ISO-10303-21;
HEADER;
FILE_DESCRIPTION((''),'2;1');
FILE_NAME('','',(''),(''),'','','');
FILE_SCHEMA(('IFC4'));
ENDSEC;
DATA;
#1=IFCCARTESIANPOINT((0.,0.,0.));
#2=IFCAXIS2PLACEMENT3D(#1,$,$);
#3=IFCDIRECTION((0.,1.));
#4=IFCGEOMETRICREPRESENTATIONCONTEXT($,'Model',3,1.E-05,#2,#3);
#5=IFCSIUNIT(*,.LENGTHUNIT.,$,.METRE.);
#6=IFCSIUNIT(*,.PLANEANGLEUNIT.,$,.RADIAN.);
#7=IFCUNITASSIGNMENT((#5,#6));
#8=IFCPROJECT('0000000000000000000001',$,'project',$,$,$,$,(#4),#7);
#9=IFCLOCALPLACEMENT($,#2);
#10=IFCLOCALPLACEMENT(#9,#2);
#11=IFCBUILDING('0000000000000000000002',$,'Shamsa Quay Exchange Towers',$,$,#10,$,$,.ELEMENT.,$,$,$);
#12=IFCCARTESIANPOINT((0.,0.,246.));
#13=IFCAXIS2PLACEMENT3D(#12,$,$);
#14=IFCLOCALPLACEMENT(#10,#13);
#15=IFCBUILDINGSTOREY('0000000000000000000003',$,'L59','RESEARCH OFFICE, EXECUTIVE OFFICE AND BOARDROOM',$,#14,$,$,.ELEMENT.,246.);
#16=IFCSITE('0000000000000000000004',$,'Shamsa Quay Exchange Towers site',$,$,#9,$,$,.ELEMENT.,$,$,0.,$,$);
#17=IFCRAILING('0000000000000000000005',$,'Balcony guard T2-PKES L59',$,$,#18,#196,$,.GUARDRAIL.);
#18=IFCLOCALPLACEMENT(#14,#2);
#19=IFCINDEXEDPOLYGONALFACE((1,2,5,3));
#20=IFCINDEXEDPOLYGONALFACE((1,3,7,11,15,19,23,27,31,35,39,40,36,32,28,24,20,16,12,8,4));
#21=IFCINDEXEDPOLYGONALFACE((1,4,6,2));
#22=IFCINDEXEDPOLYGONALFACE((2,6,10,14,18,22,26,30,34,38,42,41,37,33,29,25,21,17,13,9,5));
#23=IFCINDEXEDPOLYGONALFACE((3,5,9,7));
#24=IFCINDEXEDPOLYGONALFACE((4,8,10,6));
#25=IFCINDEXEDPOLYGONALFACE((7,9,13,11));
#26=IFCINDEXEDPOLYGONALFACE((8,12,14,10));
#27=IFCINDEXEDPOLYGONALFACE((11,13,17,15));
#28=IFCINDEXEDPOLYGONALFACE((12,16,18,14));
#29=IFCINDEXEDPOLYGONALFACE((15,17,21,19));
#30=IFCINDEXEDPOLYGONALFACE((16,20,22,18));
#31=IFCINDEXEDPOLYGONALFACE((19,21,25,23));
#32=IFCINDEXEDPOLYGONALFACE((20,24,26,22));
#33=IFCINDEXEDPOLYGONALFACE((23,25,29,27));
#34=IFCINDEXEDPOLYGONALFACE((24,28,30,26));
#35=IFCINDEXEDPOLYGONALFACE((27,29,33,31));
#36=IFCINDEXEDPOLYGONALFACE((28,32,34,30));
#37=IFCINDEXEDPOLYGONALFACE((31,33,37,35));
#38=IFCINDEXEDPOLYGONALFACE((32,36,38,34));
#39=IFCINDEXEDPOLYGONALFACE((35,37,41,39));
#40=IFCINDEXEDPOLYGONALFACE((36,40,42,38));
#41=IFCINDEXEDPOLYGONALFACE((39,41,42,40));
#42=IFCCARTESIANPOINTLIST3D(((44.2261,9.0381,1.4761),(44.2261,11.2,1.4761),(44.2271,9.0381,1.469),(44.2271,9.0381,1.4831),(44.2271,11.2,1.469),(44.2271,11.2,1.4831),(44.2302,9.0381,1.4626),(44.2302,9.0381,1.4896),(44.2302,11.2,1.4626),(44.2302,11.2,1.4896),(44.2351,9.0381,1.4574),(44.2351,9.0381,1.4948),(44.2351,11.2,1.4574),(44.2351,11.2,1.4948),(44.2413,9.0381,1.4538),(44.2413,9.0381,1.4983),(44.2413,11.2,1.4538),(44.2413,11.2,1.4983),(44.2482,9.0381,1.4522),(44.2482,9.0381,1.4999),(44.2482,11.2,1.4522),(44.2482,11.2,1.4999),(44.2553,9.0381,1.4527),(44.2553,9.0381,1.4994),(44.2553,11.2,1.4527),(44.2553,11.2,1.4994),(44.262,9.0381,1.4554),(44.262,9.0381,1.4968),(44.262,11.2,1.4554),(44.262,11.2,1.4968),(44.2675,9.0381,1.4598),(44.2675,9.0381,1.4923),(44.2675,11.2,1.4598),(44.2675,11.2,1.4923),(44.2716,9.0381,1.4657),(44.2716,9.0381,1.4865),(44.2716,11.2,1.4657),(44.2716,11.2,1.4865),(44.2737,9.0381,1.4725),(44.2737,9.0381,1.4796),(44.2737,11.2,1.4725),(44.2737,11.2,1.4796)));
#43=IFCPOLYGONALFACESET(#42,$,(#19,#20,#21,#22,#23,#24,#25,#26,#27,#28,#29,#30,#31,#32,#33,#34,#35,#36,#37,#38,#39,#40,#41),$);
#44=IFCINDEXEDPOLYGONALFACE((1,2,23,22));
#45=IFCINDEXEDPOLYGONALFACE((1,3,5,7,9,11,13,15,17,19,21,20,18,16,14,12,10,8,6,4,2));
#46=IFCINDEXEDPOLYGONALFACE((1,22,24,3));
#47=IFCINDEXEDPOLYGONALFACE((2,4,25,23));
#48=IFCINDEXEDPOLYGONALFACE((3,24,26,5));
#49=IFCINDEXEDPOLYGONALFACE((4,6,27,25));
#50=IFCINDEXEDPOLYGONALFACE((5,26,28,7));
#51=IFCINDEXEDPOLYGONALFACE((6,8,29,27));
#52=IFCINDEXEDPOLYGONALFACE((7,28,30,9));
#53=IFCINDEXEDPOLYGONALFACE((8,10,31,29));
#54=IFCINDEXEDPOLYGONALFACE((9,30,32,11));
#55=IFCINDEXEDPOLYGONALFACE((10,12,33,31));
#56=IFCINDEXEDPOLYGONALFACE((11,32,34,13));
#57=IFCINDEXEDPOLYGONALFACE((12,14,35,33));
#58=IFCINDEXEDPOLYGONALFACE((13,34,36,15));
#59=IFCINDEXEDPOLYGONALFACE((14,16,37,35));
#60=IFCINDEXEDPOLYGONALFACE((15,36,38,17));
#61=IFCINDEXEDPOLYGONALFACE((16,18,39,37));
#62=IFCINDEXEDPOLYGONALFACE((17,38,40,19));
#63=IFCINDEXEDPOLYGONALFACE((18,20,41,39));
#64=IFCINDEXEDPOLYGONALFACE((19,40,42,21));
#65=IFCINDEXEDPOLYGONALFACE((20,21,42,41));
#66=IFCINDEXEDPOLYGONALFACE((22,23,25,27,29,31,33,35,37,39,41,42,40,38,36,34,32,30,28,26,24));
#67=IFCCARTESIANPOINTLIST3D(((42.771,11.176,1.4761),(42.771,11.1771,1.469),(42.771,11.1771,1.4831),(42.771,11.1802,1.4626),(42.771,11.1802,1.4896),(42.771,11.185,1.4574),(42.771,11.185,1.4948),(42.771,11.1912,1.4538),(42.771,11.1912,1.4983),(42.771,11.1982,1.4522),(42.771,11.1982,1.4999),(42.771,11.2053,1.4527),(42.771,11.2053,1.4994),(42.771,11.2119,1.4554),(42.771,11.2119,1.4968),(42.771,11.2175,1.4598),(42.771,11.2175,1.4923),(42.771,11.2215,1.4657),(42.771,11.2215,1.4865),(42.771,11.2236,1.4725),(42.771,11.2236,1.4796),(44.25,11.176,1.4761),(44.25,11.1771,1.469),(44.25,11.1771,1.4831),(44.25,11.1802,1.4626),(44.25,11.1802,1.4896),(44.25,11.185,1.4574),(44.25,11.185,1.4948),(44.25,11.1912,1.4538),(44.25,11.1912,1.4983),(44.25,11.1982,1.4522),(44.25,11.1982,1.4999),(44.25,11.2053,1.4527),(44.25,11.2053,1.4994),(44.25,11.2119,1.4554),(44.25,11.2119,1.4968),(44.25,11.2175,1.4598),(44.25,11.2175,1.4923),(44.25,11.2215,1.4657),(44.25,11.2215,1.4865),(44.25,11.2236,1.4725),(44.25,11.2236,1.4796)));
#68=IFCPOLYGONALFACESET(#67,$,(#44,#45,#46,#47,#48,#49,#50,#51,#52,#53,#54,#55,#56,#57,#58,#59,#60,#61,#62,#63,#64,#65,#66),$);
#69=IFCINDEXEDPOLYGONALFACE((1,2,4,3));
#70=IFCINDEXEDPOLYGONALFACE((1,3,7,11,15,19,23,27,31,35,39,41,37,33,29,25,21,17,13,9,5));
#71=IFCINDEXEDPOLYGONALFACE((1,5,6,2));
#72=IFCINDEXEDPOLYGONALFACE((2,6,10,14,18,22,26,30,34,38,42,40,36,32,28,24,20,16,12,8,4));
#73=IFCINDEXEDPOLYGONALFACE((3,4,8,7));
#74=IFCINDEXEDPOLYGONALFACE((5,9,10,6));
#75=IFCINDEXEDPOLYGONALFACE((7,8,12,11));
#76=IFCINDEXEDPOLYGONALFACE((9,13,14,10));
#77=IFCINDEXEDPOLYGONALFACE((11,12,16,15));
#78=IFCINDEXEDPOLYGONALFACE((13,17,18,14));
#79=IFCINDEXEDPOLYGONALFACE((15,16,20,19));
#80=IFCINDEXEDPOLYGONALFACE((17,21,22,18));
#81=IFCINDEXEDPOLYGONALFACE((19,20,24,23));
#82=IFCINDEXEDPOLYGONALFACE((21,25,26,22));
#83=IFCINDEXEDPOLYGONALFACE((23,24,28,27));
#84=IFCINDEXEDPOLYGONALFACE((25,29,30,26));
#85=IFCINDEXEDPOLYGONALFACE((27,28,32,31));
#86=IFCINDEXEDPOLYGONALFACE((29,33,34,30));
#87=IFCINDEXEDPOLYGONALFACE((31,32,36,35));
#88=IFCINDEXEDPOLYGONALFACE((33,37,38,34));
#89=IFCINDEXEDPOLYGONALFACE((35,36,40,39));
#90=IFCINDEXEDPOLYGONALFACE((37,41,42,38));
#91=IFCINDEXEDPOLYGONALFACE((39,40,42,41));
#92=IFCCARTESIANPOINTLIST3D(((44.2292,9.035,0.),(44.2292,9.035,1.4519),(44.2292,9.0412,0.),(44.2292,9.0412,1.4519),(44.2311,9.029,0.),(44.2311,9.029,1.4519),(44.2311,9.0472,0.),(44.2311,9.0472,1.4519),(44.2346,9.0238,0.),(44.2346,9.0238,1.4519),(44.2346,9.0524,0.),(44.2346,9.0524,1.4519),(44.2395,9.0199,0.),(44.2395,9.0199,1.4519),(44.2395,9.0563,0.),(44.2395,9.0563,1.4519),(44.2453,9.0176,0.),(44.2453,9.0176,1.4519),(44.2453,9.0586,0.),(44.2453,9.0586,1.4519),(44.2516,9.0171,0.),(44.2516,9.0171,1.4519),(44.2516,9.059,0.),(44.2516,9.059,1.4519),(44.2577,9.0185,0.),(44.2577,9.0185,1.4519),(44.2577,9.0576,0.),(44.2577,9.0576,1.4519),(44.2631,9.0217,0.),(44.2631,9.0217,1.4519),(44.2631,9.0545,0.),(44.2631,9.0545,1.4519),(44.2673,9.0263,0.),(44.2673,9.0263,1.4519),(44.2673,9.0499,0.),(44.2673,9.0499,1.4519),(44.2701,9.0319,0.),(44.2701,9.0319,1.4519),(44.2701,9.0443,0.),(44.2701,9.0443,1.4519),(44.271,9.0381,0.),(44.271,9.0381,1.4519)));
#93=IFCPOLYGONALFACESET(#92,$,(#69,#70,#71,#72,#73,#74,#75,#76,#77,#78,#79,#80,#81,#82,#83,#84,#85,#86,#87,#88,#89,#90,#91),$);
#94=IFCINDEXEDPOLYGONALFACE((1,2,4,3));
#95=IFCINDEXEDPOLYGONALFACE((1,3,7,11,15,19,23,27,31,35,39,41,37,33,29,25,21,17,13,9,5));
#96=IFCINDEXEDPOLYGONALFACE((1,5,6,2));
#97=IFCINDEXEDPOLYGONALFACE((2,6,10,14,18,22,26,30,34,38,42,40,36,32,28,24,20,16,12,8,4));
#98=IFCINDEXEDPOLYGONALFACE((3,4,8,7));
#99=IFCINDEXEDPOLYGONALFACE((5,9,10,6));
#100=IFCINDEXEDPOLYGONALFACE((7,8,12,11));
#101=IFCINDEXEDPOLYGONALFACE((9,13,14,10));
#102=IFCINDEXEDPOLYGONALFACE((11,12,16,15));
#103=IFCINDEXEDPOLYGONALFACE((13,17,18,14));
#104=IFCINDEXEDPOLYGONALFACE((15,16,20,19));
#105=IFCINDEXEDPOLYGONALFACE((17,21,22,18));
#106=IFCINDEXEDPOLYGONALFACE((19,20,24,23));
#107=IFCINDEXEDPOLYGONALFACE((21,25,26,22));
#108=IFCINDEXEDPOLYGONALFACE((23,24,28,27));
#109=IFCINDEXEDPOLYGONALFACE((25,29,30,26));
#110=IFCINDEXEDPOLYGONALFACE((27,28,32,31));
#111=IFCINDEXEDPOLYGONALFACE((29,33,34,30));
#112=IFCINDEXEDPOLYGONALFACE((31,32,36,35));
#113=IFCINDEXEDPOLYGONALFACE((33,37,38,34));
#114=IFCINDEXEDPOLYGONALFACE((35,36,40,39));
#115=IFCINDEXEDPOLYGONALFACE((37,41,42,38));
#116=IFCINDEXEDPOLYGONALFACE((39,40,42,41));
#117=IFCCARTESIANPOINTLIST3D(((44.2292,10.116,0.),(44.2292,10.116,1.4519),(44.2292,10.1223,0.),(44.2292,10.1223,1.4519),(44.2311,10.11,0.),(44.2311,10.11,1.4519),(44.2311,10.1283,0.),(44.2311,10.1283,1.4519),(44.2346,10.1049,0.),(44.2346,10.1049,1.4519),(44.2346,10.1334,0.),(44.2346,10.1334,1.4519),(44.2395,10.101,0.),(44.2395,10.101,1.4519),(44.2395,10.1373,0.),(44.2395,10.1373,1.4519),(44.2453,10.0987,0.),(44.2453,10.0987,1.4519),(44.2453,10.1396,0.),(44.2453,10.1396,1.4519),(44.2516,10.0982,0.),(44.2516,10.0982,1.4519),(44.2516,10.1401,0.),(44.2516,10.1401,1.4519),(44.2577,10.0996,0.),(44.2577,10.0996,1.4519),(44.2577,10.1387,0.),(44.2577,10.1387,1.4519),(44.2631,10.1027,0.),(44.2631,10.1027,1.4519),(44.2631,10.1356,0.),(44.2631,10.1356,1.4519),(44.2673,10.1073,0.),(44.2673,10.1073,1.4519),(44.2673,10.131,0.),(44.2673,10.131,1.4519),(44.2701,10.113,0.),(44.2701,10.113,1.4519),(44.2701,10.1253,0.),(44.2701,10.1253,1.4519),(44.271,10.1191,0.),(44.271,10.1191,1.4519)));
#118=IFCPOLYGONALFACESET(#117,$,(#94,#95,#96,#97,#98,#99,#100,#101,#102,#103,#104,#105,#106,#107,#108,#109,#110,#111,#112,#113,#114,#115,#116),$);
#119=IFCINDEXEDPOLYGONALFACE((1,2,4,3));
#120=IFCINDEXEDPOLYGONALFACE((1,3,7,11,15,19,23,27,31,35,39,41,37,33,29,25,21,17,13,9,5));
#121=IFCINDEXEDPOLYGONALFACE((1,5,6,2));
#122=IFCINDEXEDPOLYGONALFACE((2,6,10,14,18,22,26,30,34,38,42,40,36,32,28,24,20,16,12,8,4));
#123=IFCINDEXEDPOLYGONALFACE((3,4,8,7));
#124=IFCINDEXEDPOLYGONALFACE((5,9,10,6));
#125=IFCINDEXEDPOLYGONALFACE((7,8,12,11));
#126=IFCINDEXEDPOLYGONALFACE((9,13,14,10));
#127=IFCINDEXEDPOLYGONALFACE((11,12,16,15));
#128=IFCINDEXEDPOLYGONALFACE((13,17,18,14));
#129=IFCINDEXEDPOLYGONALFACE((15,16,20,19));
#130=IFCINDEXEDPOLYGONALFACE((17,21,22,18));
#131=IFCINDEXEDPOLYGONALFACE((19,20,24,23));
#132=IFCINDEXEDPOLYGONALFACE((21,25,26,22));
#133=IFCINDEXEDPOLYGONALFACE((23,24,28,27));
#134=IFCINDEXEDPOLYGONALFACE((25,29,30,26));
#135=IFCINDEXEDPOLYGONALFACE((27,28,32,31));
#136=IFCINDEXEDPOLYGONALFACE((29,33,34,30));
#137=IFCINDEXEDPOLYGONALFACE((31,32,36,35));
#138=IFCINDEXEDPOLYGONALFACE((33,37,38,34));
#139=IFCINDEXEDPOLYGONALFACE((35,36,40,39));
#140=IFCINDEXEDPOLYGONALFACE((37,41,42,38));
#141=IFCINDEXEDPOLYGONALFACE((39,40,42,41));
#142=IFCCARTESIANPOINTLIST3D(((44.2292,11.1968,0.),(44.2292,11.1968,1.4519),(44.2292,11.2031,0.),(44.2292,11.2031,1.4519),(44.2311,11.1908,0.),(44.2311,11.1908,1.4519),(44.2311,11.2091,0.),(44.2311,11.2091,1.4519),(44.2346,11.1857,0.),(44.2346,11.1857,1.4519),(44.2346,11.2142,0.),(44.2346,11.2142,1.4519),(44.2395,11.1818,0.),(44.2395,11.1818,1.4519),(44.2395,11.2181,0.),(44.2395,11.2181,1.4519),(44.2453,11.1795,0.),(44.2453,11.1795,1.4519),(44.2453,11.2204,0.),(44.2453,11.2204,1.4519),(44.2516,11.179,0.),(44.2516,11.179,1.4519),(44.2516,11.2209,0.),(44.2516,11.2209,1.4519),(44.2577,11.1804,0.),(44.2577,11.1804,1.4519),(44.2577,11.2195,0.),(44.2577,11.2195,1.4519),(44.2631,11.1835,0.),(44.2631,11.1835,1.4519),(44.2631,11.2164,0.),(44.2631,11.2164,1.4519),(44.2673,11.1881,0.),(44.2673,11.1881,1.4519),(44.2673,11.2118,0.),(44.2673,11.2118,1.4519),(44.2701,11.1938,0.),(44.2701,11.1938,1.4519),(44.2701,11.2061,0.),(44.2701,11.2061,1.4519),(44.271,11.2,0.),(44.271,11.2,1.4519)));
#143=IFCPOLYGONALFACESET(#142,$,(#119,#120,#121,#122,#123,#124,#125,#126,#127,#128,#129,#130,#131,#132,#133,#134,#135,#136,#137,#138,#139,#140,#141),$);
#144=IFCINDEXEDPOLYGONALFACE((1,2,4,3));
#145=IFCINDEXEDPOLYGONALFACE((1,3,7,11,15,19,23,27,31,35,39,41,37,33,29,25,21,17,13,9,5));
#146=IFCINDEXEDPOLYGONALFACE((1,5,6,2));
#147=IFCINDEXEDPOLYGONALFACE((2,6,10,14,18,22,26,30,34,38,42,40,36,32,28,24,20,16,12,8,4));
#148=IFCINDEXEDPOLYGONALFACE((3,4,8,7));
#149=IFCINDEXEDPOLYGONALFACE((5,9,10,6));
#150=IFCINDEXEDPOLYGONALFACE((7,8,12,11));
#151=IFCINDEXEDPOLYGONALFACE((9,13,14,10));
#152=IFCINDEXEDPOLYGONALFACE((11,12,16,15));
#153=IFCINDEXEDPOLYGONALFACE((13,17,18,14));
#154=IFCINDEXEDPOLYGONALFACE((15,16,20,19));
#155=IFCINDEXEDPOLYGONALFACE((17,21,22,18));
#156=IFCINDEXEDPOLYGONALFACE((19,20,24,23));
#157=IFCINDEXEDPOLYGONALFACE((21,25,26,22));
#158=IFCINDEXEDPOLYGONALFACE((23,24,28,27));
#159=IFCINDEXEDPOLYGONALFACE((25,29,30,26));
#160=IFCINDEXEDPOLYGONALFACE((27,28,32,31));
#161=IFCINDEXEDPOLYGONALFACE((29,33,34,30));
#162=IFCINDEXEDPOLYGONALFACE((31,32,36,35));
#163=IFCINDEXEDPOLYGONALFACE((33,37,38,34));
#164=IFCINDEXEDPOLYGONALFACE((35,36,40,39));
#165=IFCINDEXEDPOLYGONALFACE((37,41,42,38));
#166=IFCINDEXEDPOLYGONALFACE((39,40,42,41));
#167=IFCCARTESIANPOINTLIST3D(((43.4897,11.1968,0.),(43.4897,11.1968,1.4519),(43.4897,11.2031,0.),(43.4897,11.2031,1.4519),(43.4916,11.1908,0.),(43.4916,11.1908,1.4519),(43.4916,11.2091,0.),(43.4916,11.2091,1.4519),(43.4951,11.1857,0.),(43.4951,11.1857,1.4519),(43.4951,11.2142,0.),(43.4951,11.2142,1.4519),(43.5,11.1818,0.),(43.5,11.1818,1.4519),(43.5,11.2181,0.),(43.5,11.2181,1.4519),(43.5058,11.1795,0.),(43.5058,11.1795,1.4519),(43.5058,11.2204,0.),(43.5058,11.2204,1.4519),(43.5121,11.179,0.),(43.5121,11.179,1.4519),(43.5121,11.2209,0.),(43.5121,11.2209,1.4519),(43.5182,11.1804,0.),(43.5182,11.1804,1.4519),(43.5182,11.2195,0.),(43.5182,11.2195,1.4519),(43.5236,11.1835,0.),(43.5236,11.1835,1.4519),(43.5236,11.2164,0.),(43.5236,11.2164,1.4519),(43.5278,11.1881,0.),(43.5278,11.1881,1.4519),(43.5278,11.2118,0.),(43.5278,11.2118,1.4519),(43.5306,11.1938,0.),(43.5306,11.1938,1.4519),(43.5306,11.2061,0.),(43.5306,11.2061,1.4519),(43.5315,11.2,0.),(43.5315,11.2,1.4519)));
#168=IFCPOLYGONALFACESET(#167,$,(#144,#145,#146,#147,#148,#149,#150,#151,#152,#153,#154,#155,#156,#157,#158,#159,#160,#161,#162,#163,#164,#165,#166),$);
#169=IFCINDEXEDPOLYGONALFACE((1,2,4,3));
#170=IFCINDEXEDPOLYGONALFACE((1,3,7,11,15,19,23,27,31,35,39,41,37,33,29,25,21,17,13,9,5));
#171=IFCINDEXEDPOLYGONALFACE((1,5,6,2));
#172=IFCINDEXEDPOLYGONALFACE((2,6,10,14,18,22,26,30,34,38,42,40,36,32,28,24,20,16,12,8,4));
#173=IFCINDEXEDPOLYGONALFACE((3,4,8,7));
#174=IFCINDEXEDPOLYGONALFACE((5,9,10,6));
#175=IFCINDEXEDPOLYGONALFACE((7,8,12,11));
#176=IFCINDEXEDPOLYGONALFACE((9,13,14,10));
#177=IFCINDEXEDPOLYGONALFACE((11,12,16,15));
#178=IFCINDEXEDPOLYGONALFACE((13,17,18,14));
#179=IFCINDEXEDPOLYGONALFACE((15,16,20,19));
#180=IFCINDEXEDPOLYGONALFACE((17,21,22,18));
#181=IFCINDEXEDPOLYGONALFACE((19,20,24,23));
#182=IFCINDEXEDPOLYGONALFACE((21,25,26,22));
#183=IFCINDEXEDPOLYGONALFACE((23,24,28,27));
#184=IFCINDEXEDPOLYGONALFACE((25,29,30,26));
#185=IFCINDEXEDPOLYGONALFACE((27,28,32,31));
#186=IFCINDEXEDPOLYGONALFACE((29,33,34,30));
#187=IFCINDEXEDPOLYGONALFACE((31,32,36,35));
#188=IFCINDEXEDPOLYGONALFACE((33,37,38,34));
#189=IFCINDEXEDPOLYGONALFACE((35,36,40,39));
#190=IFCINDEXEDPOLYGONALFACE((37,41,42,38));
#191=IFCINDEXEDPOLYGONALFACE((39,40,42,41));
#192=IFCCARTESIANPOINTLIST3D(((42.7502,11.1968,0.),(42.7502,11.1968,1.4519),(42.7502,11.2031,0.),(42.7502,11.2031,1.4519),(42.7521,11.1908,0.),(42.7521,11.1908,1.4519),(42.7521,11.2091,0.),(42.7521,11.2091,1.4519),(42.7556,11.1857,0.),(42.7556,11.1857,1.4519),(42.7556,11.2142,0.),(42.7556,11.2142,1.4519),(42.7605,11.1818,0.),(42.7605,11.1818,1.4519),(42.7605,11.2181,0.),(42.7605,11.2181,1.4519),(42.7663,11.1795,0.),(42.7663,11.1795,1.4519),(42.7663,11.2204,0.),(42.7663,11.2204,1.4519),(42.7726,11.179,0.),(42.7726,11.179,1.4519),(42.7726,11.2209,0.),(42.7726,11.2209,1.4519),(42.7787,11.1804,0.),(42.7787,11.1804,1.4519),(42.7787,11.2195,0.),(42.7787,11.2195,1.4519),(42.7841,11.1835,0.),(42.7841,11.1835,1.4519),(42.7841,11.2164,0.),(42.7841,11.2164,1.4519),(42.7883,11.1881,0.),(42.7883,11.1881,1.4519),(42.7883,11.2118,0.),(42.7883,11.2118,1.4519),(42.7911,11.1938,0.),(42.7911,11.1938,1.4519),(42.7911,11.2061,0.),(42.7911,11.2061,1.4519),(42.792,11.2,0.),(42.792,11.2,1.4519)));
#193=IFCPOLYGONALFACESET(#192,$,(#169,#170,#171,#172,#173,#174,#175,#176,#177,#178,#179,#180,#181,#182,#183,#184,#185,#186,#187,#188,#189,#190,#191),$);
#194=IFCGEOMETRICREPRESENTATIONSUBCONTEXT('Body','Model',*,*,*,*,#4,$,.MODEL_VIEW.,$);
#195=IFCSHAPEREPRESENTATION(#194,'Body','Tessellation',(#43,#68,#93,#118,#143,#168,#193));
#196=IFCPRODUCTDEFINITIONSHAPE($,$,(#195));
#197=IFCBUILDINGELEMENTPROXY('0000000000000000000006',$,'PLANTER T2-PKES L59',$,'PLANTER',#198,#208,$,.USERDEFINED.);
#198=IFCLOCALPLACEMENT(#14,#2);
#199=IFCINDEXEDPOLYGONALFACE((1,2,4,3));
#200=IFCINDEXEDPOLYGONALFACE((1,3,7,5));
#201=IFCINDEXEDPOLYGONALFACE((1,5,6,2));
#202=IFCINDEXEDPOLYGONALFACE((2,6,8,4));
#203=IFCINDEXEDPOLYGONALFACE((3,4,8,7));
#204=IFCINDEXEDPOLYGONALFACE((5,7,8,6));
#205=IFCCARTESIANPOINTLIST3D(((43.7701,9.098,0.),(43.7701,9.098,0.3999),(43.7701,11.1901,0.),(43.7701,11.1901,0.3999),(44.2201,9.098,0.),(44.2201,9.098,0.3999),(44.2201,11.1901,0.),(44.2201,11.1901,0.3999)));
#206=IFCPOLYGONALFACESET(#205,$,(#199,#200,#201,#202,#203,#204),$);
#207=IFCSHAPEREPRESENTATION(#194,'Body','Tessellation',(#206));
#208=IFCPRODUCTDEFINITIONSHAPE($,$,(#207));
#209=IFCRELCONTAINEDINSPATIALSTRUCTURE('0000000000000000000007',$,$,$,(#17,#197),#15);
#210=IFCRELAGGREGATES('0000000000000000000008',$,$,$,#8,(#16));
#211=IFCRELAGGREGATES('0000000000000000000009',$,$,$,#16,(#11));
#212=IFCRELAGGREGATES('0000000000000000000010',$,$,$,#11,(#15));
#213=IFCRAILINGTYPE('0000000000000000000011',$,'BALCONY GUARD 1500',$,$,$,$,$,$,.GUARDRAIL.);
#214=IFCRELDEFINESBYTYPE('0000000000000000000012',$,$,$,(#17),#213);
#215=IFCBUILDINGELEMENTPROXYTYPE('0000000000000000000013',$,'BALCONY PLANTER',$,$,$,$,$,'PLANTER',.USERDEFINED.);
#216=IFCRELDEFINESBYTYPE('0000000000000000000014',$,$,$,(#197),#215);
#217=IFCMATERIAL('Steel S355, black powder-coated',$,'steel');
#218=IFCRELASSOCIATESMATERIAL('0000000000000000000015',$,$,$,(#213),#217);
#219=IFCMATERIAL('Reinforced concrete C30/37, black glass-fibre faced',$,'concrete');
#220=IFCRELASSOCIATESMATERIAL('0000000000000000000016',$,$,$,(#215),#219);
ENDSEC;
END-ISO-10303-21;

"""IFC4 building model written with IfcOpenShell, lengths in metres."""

from ifc_helpers import new_model, si_unit, direction, frame, origin, origin_2d, place, context, subcontext, project, spatial, rectangle, circle, extrude, material, type_object, element, save


model = new_model("IFC4")

# Units and contexts
model_context = context("Model", 3, precision=1e-05, world=origin(), true_north=direction((0.0, 1.0)))
body_context = subcontext(model_context, "Body", "Model", "MODEL_VIEW")
ifc_project = project(units=[si_unit("LENGTHUNIT", "METRE"), si_unit("PLANEANGLEUNIT", "RADIAN")], contexts=[model_context])

# Site, building, storey
site_placement = place(None, origin())
site = spatial("IfcSite", under=ifc_project, at=site_placement, Name="Shamsa Quay Exchange Towers site", CompositionType="ELEMENT", RefElevation=0.0)
building_placement = place(site_placement, origin())
building = spatial("IfcBuilding", under=site, at=building_placement, Name="Shamsa Quay Exchange Towers", CompositionType="ELEMENT")
storey_placement = place(building_placement, frame((0.0, 0.0, 246.0)))
storey = spatial("IfcBuildingStorey", under=building, at=storey_placement, Name="L59", Description="RESEARCH OFFICE, EXECUTIVE OFFICE AND BOARDROOM", CompositionType="ELEMENT", Elevation=246.0)

# Railing
ifc_material_1 = material(Name="Steel S355, black powder-coated", Category="steel")
railing_type = type_object("IfcRailingType", Name="BALCONY GUARD 1500", PredefinedType="GUARDRAIL", material=ifc_material_1)
railing_placement = place(storey_placement, frame((44.25, 9.0381, 0.0)))
element("IfcRailing", 1, at=railing_placement, inside=storey, type_object=railing_type, Name="Balcony guard T2-PKES L59", PredefinedType="GUARDRAIL", context=body_context, shape_type="SweptSolid", body=[
    extrude(circle(Radius=0.0239, at=origin_2d()), frame((0.0, 0.0, 1.4761), z_axis=(0.0, 1.0, 0.0), x_axis=(-1.0, 0.0, 0.0)), (0.0, 0.0, 1.0), 2.1619),
    extrude(circle(Radius=0.0239, at=origin_2d()), frame((0.0, 2.1619, 1.4761), z_axis=(-1.0, 0.0, 0.0), x_axis=(0.0, -1.0, 0.0)), (0.0, 0.0, 1.0), 1.479),
    extrude(circle(Radius=0.021, at=origin_2d()), origin(), (0.0, 0.0, 1.0), 1.4519),
    extrude(circle(Radius=0.021, at=origin_2d()), frame((0.0, 1.0811, 0.0)), (0.0, 0.0, 1.0), 1.4519),
    extrude(circle(Radius=0.021, at=origin_2d()), frame((0.0, 2.1619, 0.0)), (0.0, 0.0, 1.0), 1.4519),
    extrude(circle(Radius=0.021, at=origin_2d()), frame((-0.7395, 2.1619, 0.0)), (0.0, 0.0, 1.0), 1.4519),
    extrude(circle(Radius=0.021, at=origin_2d()), frame((-1.479, 2.1619, 0.0)), (0.0, 0.0, 1.0), 1.4519),
])

# Building element proxy
ifc_material_2 = material(Name="Reinforced concrete C30/37, black glass-fibre faced", Category="concrete")
building_element_proxy_type = type_object("IfcBuildingElementProxyType", Name="BALCONY PLANTER", ElementType="PLANTER", PredefinedType="USERDEFINED", material=ifc_material_2)
proxy_placement = place(storey_placement, frame((43.9951, 10.144, 0.0), z_axis=(0.0, 0.0, 1.0), x_axis=(0.0, 1.0, 0.0)))
element("IfcBuildingElementProxy", 2, at=proxy_placement, inside=storey, type_object=building_element_proxy_type, Name="PLANTER T2-PKES L59", ObjectType="PLANTER", PredefinedType="USERDEFINED", context=body_context, shape_type="SweptSolid", body=[
    extrude(rectangle(XDim=2.092, YDim=0.45, at=origin_2d()), origin(), (0.0, 0.0, 1.0), 0.3999),
])

save(model, "model.ifc")
